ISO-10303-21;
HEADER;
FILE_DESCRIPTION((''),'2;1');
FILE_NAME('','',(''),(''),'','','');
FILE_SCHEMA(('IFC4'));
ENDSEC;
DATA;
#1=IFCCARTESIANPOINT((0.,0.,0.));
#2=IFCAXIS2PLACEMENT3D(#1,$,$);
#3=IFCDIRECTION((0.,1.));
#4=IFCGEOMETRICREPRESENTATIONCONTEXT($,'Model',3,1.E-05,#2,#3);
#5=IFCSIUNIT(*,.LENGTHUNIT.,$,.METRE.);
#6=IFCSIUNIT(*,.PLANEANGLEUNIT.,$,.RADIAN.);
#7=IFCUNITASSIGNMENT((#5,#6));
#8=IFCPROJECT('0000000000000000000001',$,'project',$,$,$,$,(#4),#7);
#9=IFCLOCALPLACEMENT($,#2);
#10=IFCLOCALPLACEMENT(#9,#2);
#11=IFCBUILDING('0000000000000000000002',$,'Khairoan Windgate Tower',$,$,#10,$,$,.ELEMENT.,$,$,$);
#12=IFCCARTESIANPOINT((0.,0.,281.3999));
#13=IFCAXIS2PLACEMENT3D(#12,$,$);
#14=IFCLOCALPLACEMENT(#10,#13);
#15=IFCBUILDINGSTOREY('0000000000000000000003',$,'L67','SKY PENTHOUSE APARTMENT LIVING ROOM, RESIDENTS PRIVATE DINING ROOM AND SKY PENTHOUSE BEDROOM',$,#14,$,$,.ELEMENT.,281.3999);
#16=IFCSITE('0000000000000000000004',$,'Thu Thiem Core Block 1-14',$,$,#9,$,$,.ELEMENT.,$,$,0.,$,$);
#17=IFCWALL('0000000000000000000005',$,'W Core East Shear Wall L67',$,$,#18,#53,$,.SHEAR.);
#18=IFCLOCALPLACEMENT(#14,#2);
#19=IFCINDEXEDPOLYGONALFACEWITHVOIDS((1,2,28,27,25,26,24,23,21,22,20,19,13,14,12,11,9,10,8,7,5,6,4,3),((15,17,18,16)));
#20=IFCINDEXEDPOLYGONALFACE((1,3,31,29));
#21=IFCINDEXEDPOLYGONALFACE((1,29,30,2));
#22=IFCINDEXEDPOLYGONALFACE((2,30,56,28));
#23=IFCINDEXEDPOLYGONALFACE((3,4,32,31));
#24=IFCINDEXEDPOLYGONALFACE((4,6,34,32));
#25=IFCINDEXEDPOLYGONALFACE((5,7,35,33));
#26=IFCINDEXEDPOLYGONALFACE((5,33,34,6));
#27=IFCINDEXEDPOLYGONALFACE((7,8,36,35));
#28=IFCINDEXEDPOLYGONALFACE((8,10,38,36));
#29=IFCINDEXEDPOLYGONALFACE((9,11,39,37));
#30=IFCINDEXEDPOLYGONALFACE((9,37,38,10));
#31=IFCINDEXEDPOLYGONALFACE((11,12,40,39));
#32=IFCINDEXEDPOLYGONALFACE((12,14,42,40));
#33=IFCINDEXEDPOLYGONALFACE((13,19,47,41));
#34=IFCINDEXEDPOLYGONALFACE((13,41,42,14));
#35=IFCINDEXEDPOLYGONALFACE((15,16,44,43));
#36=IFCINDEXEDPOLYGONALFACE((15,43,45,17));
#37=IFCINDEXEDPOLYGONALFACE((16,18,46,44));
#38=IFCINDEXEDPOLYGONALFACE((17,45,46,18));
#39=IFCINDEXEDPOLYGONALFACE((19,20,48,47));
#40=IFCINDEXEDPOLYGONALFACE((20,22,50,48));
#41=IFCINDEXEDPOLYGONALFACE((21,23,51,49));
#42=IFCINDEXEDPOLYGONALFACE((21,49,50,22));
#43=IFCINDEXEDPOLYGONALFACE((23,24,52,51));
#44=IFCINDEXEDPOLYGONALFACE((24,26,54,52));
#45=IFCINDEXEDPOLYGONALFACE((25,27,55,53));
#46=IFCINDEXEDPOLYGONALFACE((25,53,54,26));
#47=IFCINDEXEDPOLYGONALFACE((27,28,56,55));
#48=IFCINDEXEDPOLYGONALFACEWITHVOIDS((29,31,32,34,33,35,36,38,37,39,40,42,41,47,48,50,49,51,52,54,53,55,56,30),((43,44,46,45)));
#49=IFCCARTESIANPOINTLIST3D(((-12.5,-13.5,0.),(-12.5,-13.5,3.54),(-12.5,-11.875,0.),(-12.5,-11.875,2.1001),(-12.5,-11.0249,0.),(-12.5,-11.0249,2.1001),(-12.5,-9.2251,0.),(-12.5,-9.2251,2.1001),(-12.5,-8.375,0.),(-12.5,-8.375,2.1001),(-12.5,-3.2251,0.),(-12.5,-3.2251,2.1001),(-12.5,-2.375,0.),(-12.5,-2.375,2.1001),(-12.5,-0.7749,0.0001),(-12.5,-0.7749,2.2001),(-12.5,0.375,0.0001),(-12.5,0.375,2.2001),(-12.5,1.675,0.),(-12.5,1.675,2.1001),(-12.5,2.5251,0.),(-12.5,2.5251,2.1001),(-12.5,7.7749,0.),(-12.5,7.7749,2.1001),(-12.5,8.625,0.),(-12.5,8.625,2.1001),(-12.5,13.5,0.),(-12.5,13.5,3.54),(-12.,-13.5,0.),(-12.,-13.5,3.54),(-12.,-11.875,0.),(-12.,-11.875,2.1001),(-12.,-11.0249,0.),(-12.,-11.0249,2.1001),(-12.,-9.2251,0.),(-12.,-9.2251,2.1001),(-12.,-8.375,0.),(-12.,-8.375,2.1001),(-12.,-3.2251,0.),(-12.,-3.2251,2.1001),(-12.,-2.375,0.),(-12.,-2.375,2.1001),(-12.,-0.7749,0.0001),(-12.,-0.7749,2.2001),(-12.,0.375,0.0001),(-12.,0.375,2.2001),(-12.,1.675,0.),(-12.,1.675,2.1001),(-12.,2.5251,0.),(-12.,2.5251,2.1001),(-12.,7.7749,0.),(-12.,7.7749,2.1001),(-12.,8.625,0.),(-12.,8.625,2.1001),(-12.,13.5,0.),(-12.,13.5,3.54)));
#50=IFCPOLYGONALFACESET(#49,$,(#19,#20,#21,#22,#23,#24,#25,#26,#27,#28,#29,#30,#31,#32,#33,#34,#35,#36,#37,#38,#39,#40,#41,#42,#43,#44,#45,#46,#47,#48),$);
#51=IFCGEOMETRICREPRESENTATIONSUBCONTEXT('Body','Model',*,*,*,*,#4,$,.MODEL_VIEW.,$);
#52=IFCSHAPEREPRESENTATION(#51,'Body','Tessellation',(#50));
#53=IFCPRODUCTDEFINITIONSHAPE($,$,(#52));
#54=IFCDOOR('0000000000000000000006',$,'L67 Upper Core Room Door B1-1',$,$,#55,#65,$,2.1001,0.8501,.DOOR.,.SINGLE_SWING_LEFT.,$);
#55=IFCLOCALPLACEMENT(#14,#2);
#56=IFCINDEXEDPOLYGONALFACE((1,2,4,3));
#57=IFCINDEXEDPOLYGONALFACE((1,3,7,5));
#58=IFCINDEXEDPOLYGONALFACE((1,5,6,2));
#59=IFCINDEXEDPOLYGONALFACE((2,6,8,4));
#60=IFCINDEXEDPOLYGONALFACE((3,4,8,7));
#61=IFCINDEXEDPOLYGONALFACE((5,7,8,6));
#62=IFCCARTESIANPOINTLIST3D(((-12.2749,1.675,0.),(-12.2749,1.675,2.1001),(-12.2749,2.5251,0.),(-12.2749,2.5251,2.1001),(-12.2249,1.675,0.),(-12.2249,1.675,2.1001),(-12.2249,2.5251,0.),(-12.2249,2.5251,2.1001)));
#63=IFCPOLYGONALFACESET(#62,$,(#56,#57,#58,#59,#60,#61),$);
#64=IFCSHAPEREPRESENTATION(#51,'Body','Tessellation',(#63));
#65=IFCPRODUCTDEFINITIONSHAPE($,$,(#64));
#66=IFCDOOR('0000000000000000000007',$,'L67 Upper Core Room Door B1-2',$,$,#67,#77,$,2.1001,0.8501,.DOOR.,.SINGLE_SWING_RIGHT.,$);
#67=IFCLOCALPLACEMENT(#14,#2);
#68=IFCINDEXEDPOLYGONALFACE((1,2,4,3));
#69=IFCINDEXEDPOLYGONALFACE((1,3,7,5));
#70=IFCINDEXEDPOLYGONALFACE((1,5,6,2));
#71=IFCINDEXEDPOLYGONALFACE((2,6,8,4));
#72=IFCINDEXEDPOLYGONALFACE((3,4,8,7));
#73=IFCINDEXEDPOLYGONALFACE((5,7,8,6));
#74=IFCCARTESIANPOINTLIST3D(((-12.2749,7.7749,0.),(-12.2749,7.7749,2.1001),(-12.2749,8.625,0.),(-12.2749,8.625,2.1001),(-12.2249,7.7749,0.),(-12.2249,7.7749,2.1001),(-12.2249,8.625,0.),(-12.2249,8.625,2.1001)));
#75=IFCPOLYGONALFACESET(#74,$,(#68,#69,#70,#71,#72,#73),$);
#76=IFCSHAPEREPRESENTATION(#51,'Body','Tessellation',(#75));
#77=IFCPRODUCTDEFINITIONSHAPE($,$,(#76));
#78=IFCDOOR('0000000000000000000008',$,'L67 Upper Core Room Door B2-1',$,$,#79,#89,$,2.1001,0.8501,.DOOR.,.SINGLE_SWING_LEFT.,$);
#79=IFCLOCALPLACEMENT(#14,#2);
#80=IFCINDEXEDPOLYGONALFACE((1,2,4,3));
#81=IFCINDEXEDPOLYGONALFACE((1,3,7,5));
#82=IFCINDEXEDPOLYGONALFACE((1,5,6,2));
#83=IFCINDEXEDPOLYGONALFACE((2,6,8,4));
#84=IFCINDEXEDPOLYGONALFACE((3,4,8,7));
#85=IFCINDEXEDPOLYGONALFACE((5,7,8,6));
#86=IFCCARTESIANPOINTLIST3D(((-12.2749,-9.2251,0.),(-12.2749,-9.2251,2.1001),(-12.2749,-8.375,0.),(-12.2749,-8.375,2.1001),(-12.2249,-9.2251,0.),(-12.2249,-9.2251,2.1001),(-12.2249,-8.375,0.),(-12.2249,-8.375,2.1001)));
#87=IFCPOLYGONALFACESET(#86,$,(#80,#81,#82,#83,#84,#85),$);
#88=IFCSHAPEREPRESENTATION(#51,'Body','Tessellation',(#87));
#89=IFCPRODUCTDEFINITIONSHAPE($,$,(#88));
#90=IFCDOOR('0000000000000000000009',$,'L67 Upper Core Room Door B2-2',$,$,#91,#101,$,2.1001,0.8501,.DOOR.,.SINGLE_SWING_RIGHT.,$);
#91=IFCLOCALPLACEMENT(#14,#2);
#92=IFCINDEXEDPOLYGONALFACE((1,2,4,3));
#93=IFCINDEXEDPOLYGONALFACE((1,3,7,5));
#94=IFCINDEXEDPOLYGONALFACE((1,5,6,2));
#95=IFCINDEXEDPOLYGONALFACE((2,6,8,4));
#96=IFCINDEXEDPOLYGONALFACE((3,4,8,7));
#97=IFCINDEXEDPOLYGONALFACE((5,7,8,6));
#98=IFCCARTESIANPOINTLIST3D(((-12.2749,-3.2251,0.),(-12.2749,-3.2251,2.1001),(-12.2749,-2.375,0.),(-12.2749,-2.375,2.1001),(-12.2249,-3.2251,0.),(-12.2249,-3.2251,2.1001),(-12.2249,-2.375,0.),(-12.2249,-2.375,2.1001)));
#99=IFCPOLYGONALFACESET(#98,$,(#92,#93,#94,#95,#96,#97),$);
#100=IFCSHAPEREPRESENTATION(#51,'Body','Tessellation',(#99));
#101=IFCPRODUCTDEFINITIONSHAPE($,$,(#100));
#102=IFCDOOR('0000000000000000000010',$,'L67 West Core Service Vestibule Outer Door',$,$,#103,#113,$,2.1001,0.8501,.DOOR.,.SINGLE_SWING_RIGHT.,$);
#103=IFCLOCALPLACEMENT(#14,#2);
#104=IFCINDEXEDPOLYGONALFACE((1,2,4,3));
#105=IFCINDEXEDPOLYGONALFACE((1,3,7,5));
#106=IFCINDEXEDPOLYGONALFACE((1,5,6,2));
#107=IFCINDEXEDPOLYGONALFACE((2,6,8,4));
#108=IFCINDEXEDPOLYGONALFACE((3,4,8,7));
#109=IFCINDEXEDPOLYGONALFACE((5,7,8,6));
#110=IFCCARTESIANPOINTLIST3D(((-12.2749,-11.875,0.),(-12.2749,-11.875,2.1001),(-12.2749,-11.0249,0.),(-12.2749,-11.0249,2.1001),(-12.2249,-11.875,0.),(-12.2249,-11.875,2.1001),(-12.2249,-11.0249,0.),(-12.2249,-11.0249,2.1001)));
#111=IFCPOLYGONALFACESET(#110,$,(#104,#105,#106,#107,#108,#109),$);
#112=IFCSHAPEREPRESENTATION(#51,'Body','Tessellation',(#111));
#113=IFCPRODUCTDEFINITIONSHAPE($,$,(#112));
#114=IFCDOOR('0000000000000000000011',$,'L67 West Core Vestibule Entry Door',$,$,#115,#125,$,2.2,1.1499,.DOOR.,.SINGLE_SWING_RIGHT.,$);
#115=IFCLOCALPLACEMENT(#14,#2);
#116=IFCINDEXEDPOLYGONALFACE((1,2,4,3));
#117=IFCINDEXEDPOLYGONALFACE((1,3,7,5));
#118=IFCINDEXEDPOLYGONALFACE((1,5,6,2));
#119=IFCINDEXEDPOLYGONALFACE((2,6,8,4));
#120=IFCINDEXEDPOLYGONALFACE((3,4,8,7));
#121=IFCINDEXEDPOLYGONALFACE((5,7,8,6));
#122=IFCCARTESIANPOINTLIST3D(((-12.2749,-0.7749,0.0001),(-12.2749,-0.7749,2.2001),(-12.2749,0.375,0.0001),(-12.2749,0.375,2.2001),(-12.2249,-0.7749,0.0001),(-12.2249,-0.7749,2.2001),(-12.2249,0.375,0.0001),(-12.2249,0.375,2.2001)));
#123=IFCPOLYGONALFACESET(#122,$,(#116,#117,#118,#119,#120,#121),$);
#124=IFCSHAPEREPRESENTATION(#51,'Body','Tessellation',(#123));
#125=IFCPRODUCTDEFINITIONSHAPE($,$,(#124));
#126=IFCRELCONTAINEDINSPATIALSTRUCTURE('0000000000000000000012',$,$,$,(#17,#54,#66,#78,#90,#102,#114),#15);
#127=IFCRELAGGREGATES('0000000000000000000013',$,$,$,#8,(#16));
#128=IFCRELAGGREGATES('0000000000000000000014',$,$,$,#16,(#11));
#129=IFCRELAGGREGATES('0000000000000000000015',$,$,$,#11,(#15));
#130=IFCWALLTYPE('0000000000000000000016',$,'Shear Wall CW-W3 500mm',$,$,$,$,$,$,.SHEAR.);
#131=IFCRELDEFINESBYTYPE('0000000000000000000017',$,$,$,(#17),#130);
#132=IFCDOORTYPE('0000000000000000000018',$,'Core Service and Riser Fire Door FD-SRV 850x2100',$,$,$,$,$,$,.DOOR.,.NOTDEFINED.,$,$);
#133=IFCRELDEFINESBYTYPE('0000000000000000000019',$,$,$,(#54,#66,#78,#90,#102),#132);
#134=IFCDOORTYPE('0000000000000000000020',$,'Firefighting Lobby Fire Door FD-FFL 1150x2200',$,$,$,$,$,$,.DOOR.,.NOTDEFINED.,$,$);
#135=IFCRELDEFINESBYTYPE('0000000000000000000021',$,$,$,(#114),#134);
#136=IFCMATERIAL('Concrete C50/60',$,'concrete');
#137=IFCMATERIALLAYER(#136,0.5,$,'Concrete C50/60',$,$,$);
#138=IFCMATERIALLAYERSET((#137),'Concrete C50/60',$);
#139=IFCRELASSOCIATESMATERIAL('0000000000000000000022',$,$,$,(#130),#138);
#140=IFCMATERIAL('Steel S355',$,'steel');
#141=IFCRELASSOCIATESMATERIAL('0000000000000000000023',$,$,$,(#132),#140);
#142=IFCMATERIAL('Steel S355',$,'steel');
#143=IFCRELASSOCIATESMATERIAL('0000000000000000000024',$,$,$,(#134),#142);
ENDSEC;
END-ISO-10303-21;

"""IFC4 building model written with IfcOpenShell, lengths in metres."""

from ifc_helpers import new_model, si_unit, direction, frame, frame_2d, origin, place, context, subcontext, project, spatial, rectangle, extrude, material, layer, layer_set, type_object, element, fill, save


model = new_model("IFC4")

# Units and contexts
model_context = context("Model", 3, precision=1e-05, world=origin(), true_north=direction((0.0, 1.0)))
body_context = subcontext(model_context, "Body", "Model", "MODEL_VIEW")
ifc_project = project(units=[si_unit("LENGTHUNIT", "METRE"), si_unit("PLANEANGLEUNIT", "RADIAN")], contexts=[model_context])

# Site, building, storey
site_placement = place(None, origin())
site = spatial("IfcSite", under=ifc_project, at=site_placement, Name="Thu Thiem Core Block 1-14", CompositionType="ELEMENT", RefElevation=0.0)
building_placement = place(site_placement, origin())
building = spatial("IfcBuilding", under=site, at=building_placement, Name="Khairoan Windgate Tower", CompositionType="ELEMENT")
storey_placement = place(building_placement, frame((0.0, 0.0, 281.3999)))
storey = spatial("IfcBuildingStorey", under=building, at=storey_placement, Name="L67", Description="SKY PENTHOUSE APARTMENT LIVING ROOM, RESIDENTS PRIVATE DINING ROOM AND SKY PENTHOUSE BEDROOM", CompositionType="ELEMENT", Elevation=281.3999)

# Wall, openings, doors
ifc_material_1 = material(Name="Concrete C50/60", Category="concrete")
ifc_layer_1 = layer(ifc_material_1, 0.5, Name="Concrete C50/60")
ifc_layer_set_1 = layer_set([ifc_layer_1], Name="Concrete C50/60")
wall_type_1 = type_object("IfcWallType", Name="Shear Wall CW-W3 500mm", PredefinedType="SHEAR", material=ifc_layer_set_1)
wall_1_placement = place(storey_placement, frame((-12.25, -13.5, 0.0), z_axis=(0.0, 0.0, 1.0), x_axis=(0.0, 1.0, 0.0)))
wall_1 = element("IfcWall", 1, at=wall_1_placement, inside=storey, type_object=wall_type_1, Name="W Core East Shear Wall L67", PredefinedType="SHEAR", context=body_context, shape_type="SweptSolid", body=[
    extrude(rectangle(XDim=27.0, YDim=0.5, at=frame_2d((13.5, 0.0))), origin(), (0.0, 0.0, 1.0), 3.54),
])
opening_1_placement = place(wall_1_placement, frame((15.175, 0.0, 0.0)))
opening_1 = element("IfcOpeningElement", 2, at=opening_1_placement, cuts=wall_1, PredefinedType="OPENING", context=body_context, shape_type="SweptSolid", body=[
    extrude(rectangle(XDim=0.8501, YDim=2.1001, at=frame_2d((0.425, 1.05))), frame((0.0, 0.26, 0.0), z_axis=(0.0, -1.0, 0.0), x_axis=(1.0, 0.0, 0.0)), (0.0, 0.0, 1.0), 0.52),
])
opening_2_placement = place(wall_1_placement, frame((21.2749, 0.0, 0.0)))
opening_2 = element("IfcOpeningElement", 3, at=opening_2_placement, cuts=wall_1, PredefinedType="OPENING", context=body_context, shape_type="SweptSolid", body=[
    extrude(rectangle(XDim=0.8501, YDim=2.1001, at=frame_2d((0.425, 1.05))), frame((0.0, 0.26, 0.0), z_axis=(0.0, -1.0, 0.0), x_axis=(1.0, 0.0, 0.0)), (0.0, 0.0, 1.0), 0.52),
])
opening_3_placement = place(wall_1_placement, frame((4.2749, 0.0, 0.0)))
opening_3 = element("IfcOpeningElement", 4, at=opening_3_placement, cuts=wall_1, PredefinedType="OPENING", context=body_context, shape_type="SweptSolid", body=[
    extrude(rectangle(XDim=0.8501, YDim=2.1001, at=frame_2d((0.425, 1.05))), frame((0.0, 0.26, 0.0), z_axis=(0.0, -1.0, 0.0), x_axis=(1.0, 0.0, 0.0)), (0.0, 0.0, 1.0), 0.52),
])
opening_4_placement = place(wall_1_placement, frame((10.2749, 0.0, 0.0)))
opening_4 = element("IfcOpeningElement", 5, at=opening_4_placement, cuts=wall_1, PredefinedType="OPENING", context=body_context, shape_type="SweptSolid", body=[
    extrude(rectangle(XDim=0.8501, YDim=2.1001, at=frame_2d((0.425, 1.05))), frame((0.0, 0.26, 0.0), z_axis=(0.0, -1.0, 0.0), x_axis=(1.0, 0.0, 0.0)), (0.0, 0.0, 1.0), 0.52),
])
opening_5_placement = place(wall_1_placement, frame((12.7251, 0.0, 0.0)))
opening_5 = element("IfcOpeningElement", 6, at=opening_5_placement, cuts=wall_1, PredefinedType="OPENING", context=body_context, shape_type="SweptSolid", body=[
    extrude(rectangle(XDim=1.1499, YDim=2.2, at=frame_2d((0.575, 1.1001))), frame((0.0, 0.26, 0.0), z_axis=(0.0, -1.0, 0.0), x_axis=(1.0, 0.0, 0.0)), (0.0, 0.0, 1.0), 0.52),
])
opening_6_placement = place(wall_1_placement, frame((1.625, 0.0, 0.0)))
opening_6 = element("IfcOpeningElement", 7, at=opening_6_placement, cuts=wall_1, PredefinedType="OPENING", context=body_context, shape_type="SweptSolid", body=[
    extrude(rectangle(XDim=0.8501, YDim=2.1001, at=frame_2d((0.425, 1.05))), frame((0.0, 0.26, 0.0), z_axis=(0.0, -1.0, 0.0), x_axis=(1.0, 0.0, 0.0)), (0.0, 0.0, 1.0), 0.52),
])
ifc_material_2 = material(Name="Steel S355", Category="steel")
door_type_1 = type_object("IfcDoorType", Name="Core Service and Riser Fire Door FD-SRV 850x2100", OperationType="NOTDEFINED", PredefinedType="DOOR", material=ifc_material_2)
door_1_placement = place(opening_1_placement, origin())
door_1 = element("IfcDoor", 8, at=door_1_placement, inside=storey, type_object=door_type_1, Name="L67 Upper Core Room Door B1-1", OperationType="SINGLE_SWING_LEFT", OverallHeight=2.1001, OverallWidth=0.8501, PredefinedType="DOOR", context=body_context, shape_type="SweptSolid", body=[
    extrude(rectangle(XDim=0.8501, YDim=2.1001, at=frame_2d((0.425, 1.05))), frame((0.0, 0.0249, 0.0), z_axis=(0.0, -1.0, 0.0), x_axis=(1.0, 0.0, 0.0)), (0.0, 0.0, 1.0), 0.05),
])
fill(opening_1, door_1)
door_2_placement = place(opening_2_placement, origin())
door_2 = element("IfcDoor", 9, at=door_2_placement, inside=storey, type_object=door_type_1, Name="L67 Upper Core Room Door B1-2", OperationType="SINGLE_SWING_RIGHT", OverallHeight=2.1001, OverallWidth=0.8501, PredefinedType="DOOR", context=body_context, shape_type="SweptSolid", body=[
    extrude(rectangle(XDim=0.8501, YDim=2.1001, at=frame_2d((0.425, 1.05))), frame((0.0, 0.0249, 0.0), z_axis=(0.0, -1.0, 0.0), x_axis=(1.0, 0.0, 0.0)), (0.0, 0.0, 1.0), 0.05),
])
fill(opening_2, door_2)
door_3_placement = place(opening_3_placement, origin())
door_3 = element("IfcDoor", 10, at=door_3_placement, inside=storey, type_object=door_type_1, Name="L67 Upper Core Room Door B2-1", OperationType="SINGLE_SWING_LEFT", OverallHeight=2.1001, OverallWidth=0.8501, PredefinedType="DOOR", context=body_context, shape_type="SweptSolid", body=[
    extrude(rectangle(XDim=0.8501, YDim=2.1001, at=frame_2d((0.425, 1.05))), frame((0.0, 0.0249, 0.0), z_axis=(0.0, -1.0, 0.0), x_axis=(1.0, 0.0, 0.0)), (0.0, 0.0, 1.0), 0.05),
])
fill(opening_3, door_3)
door_4_placement = place(opening_4_placement, origin())
door_4 = element("IfcDoor", 11, at=door_4_placement, inside=storey, type_object=door_type_1, Name="L67 Upper Core Room Door B2-2", OperationType="SINGLE_SWING_RIGHT", OverallHeight=2.1001, OverallWidth=0.8501, PredefinedType="DOOR", context=body_context, shape_type="SweptSolid", body=[
    extrude(rectangle(XDim=0.8501, YDim=2.1001, at=frame_2d((0.425, 1.05))), frame((0.0, 0.0249, 0.0), z_axis=(0.0, -1.0, 0.0), x_axis=(1.0, 0.0, 0.0)), (0.0, 0.0, 1.0), 0.05),
])
fill(opening_4, door_4)
door_5_placement = place(opening_6_placement, origin())
door_5 = element("IfcDoor", 12, at=door_5_placement, inside=storey, type_object=door_type_1, Name="L67 West Core Service Vestibule Outer Door", OperationType="SINGLE_SWING_RIGHT", OverallHeight=2.1001, OverallWidth=0.8501, PredefinedType="DOOR", context=body_context, shape_type="SweptSolid", body=[
    extrude(rectangle(XDim=0.8501, YDim=2.1001, at=frame_2d((0.425, 1.05))), frame((0.0, 0.0249, 0.0), z_axis=(0.0, -1.0, 0.0), x_axis=(1.0, 0.0, 0.0)), (0.0, 0.0, 1.0), 0.05),
])
fill(opening_6, door_5)
ifc_material_3 = material(Name="Steel S355", Category="steel")
door_type_2 = type_object("IfcDoorType", Name="Firefighting Lobby Fire Door FD-FFL 1150x2200", OperationType="NOTDEFINED", PredefinedType="DOOR", material=ifc_material_3)
door_6_placement = place(opening_5_placement, origin())
door_6 = element("IfcDoor", 13, at=door_6_placement, inside=storey, type_object=door_type_2, Name="L67 West Core Vestibule Entry Door", OperationType="SINGLE_SWING_RIGHT", OverallHeight=2.2, OverallWidth=1.1499, PredefinedType="DOOR", context=body_context, shape_type="SweptSolid", body=[
    extrude(rectangle(XDim=1.1499, YDim=2.2, at=frame_2d((0.575, 1.1001))), frame((0.0, 0.0249, 0.0), z_axis=(0.0, -1.0, 0.0), x_axis=(1.0, 0.0, 0.0)), (0.0, 0.0, 1.0), 0.05),
])
fill(opening_5, door_6)

save(model, "model.ifc")
